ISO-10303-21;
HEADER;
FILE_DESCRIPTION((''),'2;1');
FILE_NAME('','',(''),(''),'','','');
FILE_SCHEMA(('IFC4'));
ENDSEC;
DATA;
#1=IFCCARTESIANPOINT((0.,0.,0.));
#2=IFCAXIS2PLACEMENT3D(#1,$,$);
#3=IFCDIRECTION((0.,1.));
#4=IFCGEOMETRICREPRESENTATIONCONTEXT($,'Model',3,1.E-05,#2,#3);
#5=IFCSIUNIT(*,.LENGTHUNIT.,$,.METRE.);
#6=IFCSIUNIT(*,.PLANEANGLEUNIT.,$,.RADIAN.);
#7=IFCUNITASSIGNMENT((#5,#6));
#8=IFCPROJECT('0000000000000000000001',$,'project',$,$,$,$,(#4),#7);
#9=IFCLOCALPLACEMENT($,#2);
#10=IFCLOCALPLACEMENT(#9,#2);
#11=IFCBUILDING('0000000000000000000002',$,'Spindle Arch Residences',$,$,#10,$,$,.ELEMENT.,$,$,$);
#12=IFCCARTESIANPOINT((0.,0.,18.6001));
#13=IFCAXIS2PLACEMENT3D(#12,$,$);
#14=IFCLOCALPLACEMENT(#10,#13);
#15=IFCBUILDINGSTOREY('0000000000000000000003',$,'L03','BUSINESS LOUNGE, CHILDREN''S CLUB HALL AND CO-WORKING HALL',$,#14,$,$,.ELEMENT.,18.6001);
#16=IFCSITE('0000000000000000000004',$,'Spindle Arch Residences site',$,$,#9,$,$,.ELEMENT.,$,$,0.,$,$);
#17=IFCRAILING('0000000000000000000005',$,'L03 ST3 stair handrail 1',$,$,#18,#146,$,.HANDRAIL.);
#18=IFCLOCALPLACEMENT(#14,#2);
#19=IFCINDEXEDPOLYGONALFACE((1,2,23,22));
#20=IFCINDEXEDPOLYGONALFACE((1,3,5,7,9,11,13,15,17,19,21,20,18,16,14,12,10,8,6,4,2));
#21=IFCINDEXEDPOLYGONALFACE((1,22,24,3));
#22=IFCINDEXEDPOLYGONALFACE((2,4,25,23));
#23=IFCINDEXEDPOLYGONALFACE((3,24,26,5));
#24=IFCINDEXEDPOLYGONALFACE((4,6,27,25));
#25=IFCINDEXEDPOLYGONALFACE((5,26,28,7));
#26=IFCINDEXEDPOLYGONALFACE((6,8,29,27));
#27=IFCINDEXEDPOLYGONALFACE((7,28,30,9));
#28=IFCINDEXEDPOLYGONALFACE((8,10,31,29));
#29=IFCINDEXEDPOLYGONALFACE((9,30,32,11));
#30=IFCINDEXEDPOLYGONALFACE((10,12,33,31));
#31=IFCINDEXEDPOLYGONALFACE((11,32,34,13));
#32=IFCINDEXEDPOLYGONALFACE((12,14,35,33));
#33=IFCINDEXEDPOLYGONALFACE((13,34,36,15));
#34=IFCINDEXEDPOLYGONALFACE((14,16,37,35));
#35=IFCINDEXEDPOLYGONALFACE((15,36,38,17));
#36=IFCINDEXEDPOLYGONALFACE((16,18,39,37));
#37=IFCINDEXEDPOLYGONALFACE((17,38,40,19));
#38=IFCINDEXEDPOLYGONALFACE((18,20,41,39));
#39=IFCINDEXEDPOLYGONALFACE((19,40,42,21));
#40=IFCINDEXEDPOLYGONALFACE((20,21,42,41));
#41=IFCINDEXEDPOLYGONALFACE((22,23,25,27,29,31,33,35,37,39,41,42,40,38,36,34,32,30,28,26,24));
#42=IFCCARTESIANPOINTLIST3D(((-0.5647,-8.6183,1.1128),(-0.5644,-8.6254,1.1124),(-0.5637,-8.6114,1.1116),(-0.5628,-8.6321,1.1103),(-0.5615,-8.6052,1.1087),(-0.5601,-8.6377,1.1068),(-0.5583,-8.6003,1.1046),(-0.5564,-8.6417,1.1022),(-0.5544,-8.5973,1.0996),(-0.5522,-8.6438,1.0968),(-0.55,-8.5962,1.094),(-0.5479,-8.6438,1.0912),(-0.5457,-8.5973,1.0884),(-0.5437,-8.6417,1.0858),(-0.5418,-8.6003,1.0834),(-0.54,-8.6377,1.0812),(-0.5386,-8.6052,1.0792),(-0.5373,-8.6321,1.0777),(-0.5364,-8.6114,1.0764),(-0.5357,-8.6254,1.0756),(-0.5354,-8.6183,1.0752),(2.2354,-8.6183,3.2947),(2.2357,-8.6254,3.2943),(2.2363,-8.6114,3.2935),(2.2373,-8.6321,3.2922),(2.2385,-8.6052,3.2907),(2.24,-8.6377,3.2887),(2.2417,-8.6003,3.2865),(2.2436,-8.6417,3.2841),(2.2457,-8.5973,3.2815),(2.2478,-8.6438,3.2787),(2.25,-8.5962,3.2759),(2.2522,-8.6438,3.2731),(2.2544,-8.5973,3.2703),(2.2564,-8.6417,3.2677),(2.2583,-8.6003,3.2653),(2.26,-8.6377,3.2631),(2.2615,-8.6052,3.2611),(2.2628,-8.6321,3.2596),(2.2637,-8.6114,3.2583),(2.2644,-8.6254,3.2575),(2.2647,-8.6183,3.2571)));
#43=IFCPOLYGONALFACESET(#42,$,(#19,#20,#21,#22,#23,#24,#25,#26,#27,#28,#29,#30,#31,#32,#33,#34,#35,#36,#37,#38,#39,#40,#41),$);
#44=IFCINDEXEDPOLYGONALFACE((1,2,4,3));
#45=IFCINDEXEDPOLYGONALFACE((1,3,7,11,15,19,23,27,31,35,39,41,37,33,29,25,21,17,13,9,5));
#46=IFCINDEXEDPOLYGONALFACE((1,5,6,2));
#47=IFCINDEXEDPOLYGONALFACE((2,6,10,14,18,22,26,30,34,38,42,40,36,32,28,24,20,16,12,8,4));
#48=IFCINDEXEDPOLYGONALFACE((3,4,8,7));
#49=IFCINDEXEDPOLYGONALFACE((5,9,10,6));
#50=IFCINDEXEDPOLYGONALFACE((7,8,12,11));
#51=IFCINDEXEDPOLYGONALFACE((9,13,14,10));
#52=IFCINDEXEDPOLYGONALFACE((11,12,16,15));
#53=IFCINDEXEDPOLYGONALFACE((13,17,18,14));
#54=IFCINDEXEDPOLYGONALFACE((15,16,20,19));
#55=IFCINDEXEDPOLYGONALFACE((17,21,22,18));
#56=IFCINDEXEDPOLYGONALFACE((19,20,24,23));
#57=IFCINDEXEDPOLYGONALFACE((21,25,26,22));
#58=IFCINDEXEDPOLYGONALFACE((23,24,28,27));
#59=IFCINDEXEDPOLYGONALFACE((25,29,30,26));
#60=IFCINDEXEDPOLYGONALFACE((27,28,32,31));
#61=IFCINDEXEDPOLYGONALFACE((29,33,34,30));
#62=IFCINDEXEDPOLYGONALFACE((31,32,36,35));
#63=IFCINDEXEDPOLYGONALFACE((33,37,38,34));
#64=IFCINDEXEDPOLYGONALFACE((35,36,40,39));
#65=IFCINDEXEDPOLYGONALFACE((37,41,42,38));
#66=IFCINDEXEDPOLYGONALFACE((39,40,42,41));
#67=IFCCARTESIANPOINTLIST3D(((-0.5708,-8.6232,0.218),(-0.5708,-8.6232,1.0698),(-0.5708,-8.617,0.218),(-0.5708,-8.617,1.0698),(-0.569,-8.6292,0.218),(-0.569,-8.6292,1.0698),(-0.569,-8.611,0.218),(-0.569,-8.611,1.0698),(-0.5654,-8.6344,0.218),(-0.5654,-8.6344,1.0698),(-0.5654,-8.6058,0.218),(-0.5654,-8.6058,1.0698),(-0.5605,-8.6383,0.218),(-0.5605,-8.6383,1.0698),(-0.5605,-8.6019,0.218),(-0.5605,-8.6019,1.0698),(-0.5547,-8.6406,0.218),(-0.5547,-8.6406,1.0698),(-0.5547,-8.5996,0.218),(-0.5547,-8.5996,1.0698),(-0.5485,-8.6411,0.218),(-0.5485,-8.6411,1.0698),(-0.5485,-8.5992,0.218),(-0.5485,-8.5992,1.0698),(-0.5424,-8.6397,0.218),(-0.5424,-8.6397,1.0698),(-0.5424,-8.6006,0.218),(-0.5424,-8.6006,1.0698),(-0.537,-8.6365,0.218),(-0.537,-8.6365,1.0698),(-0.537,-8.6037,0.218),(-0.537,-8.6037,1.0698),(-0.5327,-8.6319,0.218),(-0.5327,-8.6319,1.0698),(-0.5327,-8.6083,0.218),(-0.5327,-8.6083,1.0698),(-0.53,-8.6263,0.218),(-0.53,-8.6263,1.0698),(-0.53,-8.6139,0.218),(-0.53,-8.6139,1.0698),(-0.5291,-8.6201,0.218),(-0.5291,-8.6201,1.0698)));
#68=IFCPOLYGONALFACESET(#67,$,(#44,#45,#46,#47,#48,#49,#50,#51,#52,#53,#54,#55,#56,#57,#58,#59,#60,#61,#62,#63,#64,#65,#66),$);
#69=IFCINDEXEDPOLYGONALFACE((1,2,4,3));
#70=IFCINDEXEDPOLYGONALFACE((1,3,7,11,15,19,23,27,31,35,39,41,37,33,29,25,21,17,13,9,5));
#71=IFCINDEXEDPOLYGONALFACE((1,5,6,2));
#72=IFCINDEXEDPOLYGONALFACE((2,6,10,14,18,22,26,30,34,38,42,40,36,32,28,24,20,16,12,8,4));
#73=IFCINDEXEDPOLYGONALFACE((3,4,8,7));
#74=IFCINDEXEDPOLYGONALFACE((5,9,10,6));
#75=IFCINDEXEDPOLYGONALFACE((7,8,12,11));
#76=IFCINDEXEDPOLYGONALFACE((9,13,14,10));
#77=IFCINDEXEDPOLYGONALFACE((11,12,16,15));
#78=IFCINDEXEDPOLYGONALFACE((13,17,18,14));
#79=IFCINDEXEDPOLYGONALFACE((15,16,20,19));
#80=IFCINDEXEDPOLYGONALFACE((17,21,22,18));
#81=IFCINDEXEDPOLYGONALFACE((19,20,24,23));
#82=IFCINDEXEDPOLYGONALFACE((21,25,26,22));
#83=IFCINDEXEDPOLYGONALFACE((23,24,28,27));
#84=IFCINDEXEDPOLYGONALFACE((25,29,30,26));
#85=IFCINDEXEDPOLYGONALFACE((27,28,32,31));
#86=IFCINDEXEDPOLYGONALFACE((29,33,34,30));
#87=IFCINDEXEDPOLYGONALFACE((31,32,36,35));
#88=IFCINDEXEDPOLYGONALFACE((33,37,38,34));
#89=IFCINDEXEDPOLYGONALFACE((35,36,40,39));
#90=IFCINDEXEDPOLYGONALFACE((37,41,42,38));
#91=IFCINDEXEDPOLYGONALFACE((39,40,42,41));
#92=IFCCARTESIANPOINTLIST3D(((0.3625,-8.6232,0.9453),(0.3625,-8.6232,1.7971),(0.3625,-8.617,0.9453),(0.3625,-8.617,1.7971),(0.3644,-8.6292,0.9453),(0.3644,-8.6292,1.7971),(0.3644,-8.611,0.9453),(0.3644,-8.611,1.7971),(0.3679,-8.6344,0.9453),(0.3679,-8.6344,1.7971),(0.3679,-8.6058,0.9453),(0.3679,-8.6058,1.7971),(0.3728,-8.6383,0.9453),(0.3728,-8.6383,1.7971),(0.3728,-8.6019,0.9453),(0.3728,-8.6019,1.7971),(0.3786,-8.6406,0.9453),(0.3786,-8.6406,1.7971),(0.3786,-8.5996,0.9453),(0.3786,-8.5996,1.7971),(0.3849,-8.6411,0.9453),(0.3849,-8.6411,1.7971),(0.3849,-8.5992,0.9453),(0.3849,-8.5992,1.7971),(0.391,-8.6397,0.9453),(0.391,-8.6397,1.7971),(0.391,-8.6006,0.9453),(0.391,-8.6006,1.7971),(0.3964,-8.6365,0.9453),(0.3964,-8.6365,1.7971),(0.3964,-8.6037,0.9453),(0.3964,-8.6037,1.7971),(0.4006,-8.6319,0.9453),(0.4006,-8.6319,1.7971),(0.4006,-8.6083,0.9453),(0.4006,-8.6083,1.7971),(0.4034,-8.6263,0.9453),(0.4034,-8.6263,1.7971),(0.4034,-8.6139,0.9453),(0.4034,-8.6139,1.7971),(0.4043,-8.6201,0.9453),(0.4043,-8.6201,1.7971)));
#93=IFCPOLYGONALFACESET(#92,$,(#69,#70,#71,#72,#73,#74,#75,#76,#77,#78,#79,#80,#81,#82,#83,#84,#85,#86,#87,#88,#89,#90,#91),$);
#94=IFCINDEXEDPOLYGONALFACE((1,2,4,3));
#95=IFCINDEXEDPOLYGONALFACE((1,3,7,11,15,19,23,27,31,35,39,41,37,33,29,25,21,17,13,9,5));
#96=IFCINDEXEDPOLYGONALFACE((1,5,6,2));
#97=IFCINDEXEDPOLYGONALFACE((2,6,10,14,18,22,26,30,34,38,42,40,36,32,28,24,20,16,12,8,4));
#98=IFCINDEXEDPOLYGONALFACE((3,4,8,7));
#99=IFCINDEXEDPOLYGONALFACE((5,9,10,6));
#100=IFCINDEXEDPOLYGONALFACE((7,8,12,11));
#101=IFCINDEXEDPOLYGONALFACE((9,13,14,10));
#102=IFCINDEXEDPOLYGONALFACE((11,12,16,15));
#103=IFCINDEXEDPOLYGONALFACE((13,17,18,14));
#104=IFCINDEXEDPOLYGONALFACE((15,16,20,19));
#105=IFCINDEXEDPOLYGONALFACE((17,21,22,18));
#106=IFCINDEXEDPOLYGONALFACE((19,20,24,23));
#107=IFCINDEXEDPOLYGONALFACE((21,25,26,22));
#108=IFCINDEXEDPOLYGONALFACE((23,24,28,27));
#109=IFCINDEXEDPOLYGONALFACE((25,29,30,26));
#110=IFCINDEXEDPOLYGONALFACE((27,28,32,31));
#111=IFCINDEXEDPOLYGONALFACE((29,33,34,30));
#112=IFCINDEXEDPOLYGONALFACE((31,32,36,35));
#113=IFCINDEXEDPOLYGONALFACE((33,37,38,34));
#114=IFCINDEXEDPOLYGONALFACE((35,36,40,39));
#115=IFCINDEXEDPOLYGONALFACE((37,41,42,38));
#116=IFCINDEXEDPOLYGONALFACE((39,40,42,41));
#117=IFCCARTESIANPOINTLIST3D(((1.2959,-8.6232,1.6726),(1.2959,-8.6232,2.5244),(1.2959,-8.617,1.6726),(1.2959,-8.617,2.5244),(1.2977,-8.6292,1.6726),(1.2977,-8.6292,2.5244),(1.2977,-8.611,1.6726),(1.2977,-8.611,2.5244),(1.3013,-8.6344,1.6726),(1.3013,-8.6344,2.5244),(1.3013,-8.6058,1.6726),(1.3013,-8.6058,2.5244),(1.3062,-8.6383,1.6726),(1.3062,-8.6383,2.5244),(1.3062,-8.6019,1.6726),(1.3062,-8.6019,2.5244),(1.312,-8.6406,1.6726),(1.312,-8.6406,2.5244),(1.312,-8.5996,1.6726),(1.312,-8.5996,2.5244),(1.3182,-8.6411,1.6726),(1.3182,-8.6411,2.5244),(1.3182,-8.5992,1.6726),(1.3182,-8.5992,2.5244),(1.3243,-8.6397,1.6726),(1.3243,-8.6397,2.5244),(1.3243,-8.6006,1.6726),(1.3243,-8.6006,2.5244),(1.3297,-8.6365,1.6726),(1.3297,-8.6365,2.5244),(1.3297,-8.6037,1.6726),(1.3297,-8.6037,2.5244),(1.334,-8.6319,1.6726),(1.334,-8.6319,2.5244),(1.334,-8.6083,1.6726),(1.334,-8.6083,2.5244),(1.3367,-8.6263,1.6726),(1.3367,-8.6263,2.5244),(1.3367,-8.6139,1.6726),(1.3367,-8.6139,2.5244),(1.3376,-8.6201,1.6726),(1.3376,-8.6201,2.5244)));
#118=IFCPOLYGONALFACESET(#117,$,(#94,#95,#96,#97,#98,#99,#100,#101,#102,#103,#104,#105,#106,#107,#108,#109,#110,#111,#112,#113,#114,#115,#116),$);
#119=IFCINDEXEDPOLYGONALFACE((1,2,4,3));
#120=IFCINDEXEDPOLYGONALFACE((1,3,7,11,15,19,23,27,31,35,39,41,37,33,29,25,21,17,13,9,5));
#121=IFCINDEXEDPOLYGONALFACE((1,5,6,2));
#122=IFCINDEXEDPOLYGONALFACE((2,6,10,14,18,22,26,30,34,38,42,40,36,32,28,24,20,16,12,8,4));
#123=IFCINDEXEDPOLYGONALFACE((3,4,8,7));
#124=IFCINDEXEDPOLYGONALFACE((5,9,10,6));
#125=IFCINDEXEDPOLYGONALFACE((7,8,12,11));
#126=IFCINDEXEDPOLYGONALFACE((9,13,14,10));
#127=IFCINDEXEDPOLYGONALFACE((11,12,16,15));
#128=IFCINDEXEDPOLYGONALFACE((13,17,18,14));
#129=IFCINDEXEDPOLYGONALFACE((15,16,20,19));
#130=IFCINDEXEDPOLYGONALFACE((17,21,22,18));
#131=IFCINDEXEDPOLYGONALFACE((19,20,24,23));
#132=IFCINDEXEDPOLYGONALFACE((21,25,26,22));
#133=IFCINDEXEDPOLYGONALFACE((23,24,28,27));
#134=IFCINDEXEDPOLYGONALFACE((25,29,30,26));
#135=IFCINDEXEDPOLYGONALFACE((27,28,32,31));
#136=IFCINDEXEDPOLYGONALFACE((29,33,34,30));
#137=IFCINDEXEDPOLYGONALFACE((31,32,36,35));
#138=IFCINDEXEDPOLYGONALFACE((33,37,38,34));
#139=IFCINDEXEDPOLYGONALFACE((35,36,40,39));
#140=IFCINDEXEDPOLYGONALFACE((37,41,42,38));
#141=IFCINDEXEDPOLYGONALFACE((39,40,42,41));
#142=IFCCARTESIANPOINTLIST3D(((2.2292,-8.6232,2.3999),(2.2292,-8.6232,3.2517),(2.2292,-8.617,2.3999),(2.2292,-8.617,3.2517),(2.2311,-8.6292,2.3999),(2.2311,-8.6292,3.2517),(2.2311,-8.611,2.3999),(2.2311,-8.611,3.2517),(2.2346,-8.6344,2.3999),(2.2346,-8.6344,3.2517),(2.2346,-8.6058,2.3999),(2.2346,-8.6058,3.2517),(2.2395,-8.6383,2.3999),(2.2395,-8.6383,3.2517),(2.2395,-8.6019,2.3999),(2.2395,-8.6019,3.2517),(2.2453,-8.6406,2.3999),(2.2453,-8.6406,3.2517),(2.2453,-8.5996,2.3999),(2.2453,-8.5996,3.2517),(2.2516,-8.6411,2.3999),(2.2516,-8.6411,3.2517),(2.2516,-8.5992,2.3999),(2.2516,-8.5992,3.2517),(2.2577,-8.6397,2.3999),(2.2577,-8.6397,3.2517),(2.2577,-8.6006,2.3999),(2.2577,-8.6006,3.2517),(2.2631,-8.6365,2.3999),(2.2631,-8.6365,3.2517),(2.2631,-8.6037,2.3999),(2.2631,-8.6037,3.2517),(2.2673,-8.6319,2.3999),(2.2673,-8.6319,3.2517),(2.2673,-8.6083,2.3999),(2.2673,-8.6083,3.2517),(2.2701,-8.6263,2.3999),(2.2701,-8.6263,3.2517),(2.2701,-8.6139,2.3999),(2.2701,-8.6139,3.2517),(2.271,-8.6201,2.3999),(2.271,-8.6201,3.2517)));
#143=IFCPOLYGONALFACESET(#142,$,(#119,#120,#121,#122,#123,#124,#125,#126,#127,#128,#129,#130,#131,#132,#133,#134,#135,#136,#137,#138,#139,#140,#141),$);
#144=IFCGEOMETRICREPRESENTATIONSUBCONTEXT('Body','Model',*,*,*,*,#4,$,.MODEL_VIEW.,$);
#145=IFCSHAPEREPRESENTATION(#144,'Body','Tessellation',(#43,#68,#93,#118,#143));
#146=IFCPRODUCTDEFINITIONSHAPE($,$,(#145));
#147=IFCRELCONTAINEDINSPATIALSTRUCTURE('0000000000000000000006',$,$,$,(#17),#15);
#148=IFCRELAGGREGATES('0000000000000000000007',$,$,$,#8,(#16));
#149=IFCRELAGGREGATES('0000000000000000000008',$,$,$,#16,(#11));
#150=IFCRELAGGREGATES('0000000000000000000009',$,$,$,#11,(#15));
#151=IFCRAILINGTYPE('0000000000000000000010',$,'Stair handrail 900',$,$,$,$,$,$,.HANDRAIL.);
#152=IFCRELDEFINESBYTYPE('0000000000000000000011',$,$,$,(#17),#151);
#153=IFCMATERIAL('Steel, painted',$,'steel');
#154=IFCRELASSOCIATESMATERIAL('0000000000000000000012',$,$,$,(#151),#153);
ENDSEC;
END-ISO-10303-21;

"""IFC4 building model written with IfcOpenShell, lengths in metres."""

from ifc_helpers import new_model, si_unit, direction, frame, origin, origin_2d, place, context, subcontext, project, spatial, circle, extrude, material, type_object, element, save


model = new_model("IFC4")

# Units and contexts
model_context = context("Model", 3, precision=1e-05, world=origin(), true_north=direction((0.0, 1.0)))
body_context = subcontext(model_context, "Body", "Model", "MODEL_VIEW")
ifc_project = project(units=[si_unit("LENGTHUNIT", "METRE"), si_unit("PLANEANGLEUNIT", "RADIAN")], contexts=[model_context])

# Site, building, storey
site_placement = place(None, origin())
site = spatial("IfcSite", under=ifc_project, at=site_placement, Name="Spindle Arch Residences site", CompositionType="ELEMENT", RefElevation=0.0)
building_placement = place(site_placement, origin())
building = spatial("IfcBuilding", under=site, at=building_placement, Name="Spindle Arch Residences", CompositionType="ELEMENT")
storey_placement = place(building_placement, frame((0.0, 0.0, 18.6001)))
storey = spatial("IfcBuildingStorey", under=building, at=storey_placement, Name="L03", Description="BUSINESS LOUNGE, CHILDREN'S CLUB HALL AND CO-WORKING HALL", CompositionType="ELEMENT", Elevation=18.6001)

# Railing
ifc_material_1 = material(Name="Steel, painted", Category="steel")
railing_type_1 = type_object("IfcRailingType", Name="Stair handrail 900", PredefinedType="HANDRAIL", material=ifc_material_1)
railing_1_placement = place(storey_placement, frame((-0.55, -8.6201, 0.218)))
element("IfcRailing", 1, at=railing_1_placement, inside=storey, type_object=railing_type_1, Name="L03 ST3 stair handrail 1", PredefinedType="HANDRAIL", context=body_context, shape_type="SweptSolid", body=[
    extrude(circle(Radius=0.0239, at=origin_2d()), frame((0.0, 0.0, 0.876), z_axis=(0.788796, 0.0, 0.614655), x_axis=(0.0, 1.0, 0.0)), (0.0, 0.0, 1.0), 3.5498),
    extrude(circle(Radius=0.021, at=origin_2d()), origin(), (0.0, 0.0, 1.0), 0.8518),
    extrude(circle(Radius=0.021, at=origin_2d()), frame((0.9333, 0.0, 0.7273)), (0.0, 0.0, 1.0), 0.8518),
    extrude(circle(Radius=0.021, at=origin_2d()), frame((1.8667, 0.0, 1.4546)), (0.0, 0.0, 1.0), 0.8518),
    extrude(circle(Radius=0.021, at=origin_2d()), frame((2.8, 0.0, 2.1819)), (0.0, 0.0, 1.0), 0.8518),
])

save(model, "model.ifc")
